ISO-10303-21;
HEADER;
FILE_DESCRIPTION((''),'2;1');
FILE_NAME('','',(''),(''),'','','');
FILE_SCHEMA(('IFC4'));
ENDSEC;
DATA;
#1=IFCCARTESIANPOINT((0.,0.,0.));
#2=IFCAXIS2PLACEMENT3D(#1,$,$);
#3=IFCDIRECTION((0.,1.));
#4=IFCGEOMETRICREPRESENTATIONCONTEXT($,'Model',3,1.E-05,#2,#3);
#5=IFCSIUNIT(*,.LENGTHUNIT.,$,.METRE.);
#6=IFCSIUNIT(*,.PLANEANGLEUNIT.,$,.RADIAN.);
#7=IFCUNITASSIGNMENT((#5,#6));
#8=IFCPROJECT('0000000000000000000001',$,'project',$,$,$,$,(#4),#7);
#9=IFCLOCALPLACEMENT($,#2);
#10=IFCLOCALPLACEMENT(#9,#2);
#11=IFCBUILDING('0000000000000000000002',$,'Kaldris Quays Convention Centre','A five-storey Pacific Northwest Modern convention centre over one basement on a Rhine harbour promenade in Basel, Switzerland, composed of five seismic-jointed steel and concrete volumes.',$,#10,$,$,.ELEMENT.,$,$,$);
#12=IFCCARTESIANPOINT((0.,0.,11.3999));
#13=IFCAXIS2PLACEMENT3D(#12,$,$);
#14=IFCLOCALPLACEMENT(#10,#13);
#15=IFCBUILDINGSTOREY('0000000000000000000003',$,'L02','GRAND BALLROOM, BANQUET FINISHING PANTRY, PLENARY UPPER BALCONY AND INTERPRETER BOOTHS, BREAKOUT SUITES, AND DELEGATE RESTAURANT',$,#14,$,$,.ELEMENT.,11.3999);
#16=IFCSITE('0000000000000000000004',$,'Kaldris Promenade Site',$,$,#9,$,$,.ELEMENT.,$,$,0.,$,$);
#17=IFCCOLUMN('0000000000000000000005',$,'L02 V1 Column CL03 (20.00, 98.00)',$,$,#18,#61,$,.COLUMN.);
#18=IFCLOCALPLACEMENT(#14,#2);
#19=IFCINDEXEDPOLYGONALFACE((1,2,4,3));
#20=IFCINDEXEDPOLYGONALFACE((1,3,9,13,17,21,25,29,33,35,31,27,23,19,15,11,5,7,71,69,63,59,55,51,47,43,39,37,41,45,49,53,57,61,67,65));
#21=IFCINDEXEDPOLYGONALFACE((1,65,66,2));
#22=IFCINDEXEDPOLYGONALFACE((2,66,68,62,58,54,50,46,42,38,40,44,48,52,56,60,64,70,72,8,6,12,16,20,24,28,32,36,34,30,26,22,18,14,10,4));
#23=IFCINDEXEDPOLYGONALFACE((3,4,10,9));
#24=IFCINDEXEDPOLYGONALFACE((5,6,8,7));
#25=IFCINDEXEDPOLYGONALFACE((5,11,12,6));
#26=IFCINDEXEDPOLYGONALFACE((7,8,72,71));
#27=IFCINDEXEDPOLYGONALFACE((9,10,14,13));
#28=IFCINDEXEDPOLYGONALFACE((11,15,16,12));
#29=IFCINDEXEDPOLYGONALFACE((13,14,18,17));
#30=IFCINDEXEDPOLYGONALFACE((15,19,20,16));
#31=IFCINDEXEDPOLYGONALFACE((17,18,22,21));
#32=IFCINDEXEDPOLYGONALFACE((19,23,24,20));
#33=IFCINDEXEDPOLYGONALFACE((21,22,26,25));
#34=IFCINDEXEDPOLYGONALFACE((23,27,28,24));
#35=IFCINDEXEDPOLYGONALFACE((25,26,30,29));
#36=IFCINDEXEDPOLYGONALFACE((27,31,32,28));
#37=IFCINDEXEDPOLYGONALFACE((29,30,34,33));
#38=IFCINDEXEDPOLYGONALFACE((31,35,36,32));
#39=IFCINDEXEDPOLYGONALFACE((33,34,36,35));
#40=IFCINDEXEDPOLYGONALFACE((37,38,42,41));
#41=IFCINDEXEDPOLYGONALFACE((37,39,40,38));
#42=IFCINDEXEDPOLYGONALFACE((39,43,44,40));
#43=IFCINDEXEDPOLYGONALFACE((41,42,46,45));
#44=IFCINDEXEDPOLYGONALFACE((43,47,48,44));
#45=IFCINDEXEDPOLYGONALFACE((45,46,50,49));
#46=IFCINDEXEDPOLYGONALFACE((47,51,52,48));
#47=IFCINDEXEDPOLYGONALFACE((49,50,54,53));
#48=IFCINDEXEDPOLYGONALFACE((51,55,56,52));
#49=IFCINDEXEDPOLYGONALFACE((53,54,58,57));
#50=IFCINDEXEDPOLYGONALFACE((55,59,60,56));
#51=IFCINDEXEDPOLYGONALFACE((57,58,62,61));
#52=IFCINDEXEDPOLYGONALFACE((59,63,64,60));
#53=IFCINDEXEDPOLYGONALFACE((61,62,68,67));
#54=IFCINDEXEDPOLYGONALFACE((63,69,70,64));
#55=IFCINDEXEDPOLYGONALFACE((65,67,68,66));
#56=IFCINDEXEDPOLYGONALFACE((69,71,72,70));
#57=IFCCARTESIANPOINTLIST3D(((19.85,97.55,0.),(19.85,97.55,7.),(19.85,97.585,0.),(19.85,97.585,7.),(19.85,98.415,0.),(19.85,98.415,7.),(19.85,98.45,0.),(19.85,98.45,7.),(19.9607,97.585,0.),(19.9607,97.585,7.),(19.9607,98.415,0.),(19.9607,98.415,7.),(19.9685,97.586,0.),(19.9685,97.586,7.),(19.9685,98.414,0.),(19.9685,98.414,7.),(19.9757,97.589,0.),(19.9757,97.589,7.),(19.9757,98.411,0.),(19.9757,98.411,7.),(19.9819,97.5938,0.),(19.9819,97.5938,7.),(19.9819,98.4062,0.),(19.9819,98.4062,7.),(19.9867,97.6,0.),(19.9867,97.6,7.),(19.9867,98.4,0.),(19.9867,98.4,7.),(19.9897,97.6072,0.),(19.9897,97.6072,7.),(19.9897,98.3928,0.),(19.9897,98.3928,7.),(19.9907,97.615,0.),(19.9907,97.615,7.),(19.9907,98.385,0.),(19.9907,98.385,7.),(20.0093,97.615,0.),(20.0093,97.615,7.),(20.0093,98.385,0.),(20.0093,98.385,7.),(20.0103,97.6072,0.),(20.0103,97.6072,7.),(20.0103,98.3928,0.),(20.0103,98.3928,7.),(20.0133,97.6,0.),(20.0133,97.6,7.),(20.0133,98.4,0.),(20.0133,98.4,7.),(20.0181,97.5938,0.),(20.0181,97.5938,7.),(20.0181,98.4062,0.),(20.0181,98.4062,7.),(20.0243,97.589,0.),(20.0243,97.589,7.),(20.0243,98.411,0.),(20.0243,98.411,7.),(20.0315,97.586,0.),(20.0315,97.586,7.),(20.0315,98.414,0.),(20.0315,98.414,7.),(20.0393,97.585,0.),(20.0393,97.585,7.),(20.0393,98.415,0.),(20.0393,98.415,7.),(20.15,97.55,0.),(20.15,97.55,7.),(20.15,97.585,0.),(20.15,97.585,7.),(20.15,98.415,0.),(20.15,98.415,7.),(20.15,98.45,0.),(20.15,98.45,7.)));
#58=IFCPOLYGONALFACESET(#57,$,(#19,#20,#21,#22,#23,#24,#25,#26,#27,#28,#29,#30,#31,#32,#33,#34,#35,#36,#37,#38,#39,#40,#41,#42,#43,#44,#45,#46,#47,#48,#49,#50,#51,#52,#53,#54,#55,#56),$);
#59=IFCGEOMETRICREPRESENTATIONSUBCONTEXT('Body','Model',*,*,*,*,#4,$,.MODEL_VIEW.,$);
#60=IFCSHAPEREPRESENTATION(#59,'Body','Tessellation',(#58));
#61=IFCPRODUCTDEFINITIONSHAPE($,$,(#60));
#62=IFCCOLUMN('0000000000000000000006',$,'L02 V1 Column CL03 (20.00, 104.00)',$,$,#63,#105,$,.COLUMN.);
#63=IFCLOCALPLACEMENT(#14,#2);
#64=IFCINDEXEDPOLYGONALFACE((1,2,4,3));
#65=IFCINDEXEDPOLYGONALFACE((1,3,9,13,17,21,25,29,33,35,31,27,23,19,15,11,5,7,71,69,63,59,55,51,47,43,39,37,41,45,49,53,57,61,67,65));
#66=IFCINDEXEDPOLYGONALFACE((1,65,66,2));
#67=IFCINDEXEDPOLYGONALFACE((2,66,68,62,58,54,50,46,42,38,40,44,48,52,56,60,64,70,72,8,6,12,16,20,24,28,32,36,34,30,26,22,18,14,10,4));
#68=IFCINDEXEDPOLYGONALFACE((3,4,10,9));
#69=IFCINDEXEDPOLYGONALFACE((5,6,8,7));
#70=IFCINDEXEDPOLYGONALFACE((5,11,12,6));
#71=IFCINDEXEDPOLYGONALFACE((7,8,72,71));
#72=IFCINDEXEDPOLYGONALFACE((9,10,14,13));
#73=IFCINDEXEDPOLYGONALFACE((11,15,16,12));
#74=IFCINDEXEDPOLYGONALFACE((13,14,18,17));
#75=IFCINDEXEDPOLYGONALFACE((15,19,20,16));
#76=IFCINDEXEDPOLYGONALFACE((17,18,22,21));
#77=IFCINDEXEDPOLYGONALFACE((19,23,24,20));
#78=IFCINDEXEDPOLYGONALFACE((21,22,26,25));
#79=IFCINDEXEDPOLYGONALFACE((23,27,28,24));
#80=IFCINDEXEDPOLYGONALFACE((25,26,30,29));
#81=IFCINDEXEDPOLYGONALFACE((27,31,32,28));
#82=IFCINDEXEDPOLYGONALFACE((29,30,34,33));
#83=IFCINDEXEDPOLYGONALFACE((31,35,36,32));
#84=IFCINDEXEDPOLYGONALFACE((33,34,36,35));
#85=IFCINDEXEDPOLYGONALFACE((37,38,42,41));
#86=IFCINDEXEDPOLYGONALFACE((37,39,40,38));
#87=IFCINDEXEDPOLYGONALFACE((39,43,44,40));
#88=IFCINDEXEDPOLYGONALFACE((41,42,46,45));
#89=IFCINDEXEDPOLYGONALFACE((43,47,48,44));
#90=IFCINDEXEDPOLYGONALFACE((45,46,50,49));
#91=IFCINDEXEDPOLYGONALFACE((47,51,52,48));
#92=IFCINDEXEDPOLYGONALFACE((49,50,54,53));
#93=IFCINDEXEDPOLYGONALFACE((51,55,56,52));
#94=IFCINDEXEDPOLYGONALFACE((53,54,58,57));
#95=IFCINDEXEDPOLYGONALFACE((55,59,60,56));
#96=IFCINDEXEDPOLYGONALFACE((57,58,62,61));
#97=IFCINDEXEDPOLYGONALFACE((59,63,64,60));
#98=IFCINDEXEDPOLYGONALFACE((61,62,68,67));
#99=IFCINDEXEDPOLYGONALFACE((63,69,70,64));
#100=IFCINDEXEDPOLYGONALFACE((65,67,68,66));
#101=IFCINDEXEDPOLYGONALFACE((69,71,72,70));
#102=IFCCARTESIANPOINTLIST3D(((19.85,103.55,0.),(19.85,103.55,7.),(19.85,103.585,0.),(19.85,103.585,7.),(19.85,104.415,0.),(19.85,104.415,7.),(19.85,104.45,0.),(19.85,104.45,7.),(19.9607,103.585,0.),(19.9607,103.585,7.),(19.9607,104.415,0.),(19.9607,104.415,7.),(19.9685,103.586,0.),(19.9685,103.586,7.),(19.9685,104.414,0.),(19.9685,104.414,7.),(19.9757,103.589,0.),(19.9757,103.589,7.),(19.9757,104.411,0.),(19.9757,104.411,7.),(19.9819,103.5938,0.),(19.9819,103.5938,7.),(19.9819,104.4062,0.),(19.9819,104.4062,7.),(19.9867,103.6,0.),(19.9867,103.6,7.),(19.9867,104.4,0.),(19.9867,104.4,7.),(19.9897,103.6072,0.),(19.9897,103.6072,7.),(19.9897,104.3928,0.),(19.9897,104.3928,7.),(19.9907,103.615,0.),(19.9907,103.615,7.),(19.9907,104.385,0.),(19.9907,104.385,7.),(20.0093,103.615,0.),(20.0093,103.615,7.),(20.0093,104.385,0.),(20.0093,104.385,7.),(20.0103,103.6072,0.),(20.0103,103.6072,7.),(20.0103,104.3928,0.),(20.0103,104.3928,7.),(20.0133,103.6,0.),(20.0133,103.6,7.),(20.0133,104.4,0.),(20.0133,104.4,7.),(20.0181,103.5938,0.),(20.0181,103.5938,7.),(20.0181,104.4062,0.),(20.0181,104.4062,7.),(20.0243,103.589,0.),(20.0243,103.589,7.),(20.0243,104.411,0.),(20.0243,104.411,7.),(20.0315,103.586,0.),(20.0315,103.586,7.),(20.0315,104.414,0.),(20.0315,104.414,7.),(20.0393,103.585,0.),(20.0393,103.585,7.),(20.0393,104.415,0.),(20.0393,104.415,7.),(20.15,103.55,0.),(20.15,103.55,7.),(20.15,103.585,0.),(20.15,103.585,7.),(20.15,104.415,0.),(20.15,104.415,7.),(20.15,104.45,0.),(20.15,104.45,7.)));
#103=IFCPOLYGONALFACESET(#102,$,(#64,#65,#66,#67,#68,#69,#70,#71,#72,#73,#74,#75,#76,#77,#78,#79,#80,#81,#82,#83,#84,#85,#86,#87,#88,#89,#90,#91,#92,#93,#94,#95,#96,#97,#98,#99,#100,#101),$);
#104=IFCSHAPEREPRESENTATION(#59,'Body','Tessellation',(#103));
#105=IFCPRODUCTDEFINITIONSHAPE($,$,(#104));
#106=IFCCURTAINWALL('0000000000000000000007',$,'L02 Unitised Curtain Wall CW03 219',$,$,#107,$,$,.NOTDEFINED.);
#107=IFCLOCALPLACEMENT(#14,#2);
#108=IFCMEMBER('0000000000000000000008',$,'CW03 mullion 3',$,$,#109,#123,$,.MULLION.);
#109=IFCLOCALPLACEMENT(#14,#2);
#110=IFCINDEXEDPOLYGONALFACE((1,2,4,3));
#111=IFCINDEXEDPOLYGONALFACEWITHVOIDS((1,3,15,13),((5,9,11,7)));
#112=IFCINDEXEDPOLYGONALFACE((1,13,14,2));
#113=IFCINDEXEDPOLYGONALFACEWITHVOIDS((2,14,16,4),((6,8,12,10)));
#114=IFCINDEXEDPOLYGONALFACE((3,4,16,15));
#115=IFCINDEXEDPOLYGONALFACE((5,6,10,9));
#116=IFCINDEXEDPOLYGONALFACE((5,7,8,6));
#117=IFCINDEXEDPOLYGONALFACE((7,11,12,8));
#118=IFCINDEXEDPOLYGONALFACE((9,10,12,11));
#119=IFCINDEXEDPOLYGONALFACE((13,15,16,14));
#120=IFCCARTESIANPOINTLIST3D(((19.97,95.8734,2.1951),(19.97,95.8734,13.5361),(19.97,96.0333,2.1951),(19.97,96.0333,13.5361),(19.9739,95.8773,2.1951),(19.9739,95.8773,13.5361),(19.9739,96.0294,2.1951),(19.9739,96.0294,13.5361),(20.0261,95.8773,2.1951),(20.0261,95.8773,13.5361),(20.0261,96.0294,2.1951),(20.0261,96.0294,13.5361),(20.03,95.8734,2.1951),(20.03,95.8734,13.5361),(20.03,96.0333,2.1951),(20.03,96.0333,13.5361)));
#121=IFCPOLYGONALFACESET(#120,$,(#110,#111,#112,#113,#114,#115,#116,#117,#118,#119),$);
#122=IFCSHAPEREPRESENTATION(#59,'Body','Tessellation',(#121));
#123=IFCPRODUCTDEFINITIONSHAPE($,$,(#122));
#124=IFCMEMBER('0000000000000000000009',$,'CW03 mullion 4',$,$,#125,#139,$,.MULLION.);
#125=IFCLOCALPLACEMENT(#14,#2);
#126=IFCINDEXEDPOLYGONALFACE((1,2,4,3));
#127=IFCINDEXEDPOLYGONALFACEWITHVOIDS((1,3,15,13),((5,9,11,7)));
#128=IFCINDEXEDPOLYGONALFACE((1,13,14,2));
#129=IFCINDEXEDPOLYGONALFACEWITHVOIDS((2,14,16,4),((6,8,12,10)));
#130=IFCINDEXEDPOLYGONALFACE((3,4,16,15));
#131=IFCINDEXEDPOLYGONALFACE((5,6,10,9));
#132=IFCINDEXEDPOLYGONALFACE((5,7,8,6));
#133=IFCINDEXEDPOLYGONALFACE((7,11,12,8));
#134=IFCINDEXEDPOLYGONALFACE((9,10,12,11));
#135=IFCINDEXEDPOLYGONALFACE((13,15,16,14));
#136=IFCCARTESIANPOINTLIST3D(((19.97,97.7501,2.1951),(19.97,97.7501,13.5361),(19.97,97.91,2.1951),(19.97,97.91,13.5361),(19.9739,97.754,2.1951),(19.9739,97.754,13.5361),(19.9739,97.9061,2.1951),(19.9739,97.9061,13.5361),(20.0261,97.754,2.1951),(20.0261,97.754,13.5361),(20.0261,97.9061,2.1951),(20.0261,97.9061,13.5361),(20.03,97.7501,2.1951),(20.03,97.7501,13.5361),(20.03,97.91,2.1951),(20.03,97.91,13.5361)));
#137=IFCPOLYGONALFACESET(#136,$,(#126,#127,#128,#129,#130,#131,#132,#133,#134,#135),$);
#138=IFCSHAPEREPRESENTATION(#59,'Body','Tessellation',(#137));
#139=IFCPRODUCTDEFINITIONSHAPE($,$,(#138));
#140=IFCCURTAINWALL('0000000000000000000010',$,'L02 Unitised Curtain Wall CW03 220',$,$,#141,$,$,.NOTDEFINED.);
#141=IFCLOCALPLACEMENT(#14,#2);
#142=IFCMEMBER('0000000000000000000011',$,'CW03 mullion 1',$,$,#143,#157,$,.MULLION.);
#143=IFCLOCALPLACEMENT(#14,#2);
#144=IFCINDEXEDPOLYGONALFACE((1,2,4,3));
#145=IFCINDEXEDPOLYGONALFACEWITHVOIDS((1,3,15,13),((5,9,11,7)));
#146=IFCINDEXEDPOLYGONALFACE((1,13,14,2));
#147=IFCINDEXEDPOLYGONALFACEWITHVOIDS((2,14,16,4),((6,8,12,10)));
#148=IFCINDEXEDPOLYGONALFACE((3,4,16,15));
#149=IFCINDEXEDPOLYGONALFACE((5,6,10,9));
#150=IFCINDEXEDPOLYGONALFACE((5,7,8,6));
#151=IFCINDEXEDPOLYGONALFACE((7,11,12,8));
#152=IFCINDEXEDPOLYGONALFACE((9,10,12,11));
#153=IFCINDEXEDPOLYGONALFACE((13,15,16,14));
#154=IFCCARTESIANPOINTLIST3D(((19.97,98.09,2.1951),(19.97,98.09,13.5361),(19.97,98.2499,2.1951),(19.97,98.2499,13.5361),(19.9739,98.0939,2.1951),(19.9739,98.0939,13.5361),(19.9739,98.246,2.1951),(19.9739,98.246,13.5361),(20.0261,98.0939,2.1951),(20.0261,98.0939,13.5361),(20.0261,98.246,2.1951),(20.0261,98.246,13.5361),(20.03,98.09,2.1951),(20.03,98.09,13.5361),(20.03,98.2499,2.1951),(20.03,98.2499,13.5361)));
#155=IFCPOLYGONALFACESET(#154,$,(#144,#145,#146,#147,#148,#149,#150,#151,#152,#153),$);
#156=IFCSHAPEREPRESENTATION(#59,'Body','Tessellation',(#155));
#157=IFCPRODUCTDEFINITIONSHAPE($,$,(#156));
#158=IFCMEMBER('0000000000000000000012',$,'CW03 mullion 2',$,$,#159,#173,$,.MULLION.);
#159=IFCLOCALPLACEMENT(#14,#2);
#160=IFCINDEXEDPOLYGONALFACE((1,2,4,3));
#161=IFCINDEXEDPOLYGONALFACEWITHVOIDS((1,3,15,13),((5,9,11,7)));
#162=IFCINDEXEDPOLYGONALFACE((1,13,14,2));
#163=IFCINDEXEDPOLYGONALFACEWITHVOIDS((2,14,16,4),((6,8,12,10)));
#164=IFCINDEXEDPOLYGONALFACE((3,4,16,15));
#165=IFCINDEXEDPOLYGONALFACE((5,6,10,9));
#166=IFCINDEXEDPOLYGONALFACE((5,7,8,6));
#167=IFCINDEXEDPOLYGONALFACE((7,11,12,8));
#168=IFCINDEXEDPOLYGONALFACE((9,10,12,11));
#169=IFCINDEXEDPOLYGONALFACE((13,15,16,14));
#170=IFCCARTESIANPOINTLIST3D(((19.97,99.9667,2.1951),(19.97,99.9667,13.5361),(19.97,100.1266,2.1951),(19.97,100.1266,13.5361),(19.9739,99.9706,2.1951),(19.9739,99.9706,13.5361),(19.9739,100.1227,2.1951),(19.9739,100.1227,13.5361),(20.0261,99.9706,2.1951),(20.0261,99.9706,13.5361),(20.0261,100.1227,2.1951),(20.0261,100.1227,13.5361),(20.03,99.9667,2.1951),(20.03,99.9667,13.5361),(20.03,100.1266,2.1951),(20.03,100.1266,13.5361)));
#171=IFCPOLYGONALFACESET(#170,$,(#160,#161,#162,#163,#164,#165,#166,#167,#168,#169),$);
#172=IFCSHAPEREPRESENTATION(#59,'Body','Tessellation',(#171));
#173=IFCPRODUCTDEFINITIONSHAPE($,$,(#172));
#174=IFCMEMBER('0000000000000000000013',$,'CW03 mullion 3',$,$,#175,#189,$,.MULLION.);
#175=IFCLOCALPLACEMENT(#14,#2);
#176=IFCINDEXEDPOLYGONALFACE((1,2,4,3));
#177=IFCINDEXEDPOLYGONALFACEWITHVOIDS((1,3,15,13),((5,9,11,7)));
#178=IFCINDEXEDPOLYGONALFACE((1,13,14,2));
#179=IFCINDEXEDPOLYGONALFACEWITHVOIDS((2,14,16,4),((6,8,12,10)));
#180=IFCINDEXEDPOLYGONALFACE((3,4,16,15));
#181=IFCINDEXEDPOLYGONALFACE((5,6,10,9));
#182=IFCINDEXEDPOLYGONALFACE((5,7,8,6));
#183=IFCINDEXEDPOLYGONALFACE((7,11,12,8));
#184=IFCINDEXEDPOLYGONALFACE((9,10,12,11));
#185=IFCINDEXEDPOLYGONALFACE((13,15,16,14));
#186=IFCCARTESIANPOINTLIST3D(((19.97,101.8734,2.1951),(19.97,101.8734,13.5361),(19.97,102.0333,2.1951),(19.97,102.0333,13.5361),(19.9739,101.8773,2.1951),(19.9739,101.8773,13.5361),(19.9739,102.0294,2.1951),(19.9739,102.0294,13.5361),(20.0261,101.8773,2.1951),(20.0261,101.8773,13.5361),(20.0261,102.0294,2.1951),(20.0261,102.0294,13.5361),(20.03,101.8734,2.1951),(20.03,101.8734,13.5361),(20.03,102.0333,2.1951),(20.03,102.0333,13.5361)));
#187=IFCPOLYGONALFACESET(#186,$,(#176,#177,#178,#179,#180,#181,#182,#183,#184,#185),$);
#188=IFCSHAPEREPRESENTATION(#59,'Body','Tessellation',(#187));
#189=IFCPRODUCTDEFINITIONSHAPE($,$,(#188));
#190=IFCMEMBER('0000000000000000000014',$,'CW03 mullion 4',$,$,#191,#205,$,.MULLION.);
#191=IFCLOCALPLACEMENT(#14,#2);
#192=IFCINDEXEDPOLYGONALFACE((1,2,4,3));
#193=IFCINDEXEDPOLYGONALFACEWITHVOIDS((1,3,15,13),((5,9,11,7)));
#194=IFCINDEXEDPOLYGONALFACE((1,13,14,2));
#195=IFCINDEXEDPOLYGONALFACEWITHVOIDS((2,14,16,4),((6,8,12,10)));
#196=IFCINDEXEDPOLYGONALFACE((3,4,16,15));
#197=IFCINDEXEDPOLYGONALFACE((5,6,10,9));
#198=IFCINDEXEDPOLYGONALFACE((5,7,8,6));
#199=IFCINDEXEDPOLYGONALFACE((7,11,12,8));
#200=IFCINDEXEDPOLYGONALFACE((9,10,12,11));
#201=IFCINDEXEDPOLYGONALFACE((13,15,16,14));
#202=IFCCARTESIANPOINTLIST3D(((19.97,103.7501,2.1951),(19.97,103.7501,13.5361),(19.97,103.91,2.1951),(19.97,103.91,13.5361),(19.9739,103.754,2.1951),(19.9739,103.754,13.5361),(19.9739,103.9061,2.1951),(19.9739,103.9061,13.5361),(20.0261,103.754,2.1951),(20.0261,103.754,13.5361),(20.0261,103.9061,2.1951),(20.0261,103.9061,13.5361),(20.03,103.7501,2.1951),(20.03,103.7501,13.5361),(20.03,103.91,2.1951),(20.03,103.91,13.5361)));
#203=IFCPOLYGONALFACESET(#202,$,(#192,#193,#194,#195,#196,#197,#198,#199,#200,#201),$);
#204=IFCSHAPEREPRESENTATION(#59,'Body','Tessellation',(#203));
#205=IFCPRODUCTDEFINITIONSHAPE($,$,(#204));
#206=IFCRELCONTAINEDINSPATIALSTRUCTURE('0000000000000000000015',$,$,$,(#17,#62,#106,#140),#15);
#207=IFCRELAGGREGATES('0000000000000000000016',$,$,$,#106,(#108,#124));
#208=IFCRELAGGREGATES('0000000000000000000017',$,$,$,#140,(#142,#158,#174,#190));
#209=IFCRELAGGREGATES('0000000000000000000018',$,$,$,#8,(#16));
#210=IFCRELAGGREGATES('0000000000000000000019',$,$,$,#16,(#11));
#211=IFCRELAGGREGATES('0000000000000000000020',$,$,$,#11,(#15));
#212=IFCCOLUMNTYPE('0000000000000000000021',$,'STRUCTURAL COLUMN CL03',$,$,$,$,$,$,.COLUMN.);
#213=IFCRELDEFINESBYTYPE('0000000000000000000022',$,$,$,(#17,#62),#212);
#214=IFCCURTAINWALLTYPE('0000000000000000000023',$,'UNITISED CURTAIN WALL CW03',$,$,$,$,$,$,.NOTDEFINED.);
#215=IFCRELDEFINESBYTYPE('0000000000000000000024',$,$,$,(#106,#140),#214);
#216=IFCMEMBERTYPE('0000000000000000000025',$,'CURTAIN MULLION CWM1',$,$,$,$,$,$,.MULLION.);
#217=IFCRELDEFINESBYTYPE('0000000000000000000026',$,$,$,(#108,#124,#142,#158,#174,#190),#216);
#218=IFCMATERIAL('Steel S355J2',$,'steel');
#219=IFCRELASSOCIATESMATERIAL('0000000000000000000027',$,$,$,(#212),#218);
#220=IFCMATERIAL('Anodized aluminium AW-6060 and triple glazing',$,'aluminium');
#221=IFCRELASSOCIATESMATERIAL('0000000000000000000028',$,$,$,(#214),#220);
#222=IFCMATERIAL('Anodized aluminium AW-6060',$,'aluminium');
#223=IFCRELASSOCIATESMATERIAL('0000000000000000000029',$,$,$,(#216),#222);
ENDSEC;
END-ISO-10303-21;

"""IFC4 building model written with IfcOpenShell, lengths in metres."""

from ifc_helpers import new_model, si_unit, direction, frame, origin, origin_2d, place, context, subcontext, project, spatial, hollow_rectangle, i_section, extrude, material, material_profile, profile_set, type_object, element, aggregate, save


model = new_model("IFC4")

# Units and contexts
model_context = context("Model", 3, precision=1e-05, world=origin(), true_north=direction((0.0, 1.0)))
body_context = subcontext(model_context, "Body", "Model", "MODEL_VIEW")
ifc_project = project(units=[si_unit("LENGTHUNIT", "METRE"), si_unit("PLANEANGLEUNIT", "RADIAN")], contexts=[model_context])

# Site, building, storey
site_placement = place(None, origin())
site = spatial("IfcSite", under=ifc_project, at=site_placement, Name="Kaldris Promenade Site", CompositionType="ELEMENT", RefElevation=0.0)
building_placement = place(site_placement, origin())
building = spatial("IfcBuilding", under=site, at=building_placement, Name="Kaldris Quays Convention Centre", Description="A five-storey Pacific Northwest Modern convention centre over one basement on a Rhine harbour promenade in Basel, Switzerland, composed of five seismic-jointed steel and concrete volumes.", CompositionType="ELEMENT")
storey_placement = place(building_placement, frame((0.0, 0.0, 11.3999)))
storey = spatial("IfcBuildingStorey", under=building, at=storey_placement, Name="L02", Description="GRAND BALLROOM, BANQUET FINISHING PANTRY, PLENARY UPPER BALCONY AND INTERPRETER BOOTHS, BREAKOUT SUITES, AND DELEGATE RESTAURANT", CompositionType="ELEMENT", Elevation=11.3999)

# Columns
ifc_material_1 = material(Name="Steel S355J2", Category="steel")
ifc_material_profile_1 = material_profile(ifc_material_1, i_section(OverallWidth=0.3, OverallDepth=0.8999, WebThickness=0.0186, FlangeThickness=0.0349, FilletRadius=0.03, at=origin_2d()), Name="HEB 900")
ifc_profile_set_1 = profile_set([ifc_material_profile_1], Name="Steel S355J2")
column_type = type_object("IfcColumnType", Name="STRUCTURAL COLUMN CL03", PredefinedType="COLUMN", material=ifc_profile_set_1)
for number, where, z_axis, x_axis, name in (
    (1, (20.0, 98.0, 0.0), (0.0, 0.0, 1.0), (1.0, 0.0, 0.0), "L02 V1 Column CL03 (20.00, 98.00)"),
    (2, (20.0, 104.0, 0.0), (0.0, 0.0, 1.0), (1.0, 0.0, 0.0), "L02 V1 Column CL03 (20.00, 104.00)"),
):
    element("IfcColumn", number, at=place(storey_placement, frame(where, z_axis=z_axis, x_axis=x_axis)), inside=storey, type_object=column_type, Name=name, PredefinedType="COLUMN", context=body_context, shape_type="SweptSolid", body=[
        extrude(i_section(OverallWidth=0.3, OverallDepth=0.8999, WebThickness=0.0186, FlangeThickness=0.0349, FilletRadius=0.03, at=origin_2d()), origin(), (0.0, 0.0, 1.0), 7.0),
    ])

# Curtain walls, members
ifc_material_2 = material(Name="Anodized aluminium AW-6060 and triple glazing", Category="aluminium")
curtain_wall_type = type_object("IfcCurtainWallType", Name="UNITISED CURTAIN WALL CW03", PredefinedType="NOTDEFINED", material=ifc_material_2)
curtain_wall_1_placement = place(storey_placement, origin())
curtain_wall_1 = element("IfcCurtainWall", 3, at=curtain_wall_1_placement, inside=storey, type_object=curtain_wall_type, Name="L02 Unitised Curtain Wall CW03 219", PredefinedType="NOTDEFINED")
ifc_material_3 = material(Name="Anodized aluminium AW-6060", Category="aluminium")
ifc_material_profile_2 = material_profile(ifc_material_3, hollow_rectangle(XDim=0.0601, YDim=0.1599, WallThickness=0.0039, at=origin_2d()), Name="RHS 160x60x4")
ifc_profile_set_2 = profile_set([ifc_material_profile_2], Name="Anodized aluminium AW-6060")
member_type_1 = type_object("IfcMemberType", Name="CURTAIN MULLION CWM1", PredefinedType="MULLION", material=ifc_profile_set_2)
member_1_placement = place(storey_placement, frame((20.0, 95.9534, 2.1951), z_axis=(0.0, 0.0, 1.0), x_axis=(-1.0, 0.0, 0.0)))
member_1 = element("IfcMember", 4, at=member_1_placement, type_object=member_type_1, Name="CW03 mullion 3", PredefinedType="MULLION", context=body_context, shape_type="SweptSolid", body=[
    extrude(hollow_rectangle(XDim=0.0601, YDim=0.1599, WallThickness=0.0039, at=origin_2d()), origin(), (0.0, 0.0, 1.0), 11.3411),
])
member_2_placement = place(storey_placement, frame((20.0, 97.8301, 2.1951), z_axis=(0.0, 0.0, 1.0), x_axis=(-1.0, 0.0, 0.0)))
member_2 = element("IfcMember", 5, at=member_2_placement, type_object=member_type_1, Name="CW03 mullion 4", PredefinedType="MULLION", context=body_context, shape_type="SweptSolid", body=[
    extrude(hollow_rectangle(XDim=0.0601, YDim=0.1599, WallThickness=0.0039, at=origin_2d()), origin(), (0.0, 0.0, 1.0), 11.3411),
])
curtain_wall_2_placement = place(storey_placement, origin())
curtain_wall_2 = element("IfcCurtainWall", 6, at=curtain_wall_2_placement, inside=storey, type_object=curtain_wall_type, Name="L02 Unitised Curtain Wall CW03 220", PredefinedType="NOTDEFINED")
member_3_placement = place(storey_placement, frame((20.0, 98.1699, 2.1951), z_axis=(0.0, 0.0, 1.0), x_axis=(-1.0, 0.0, 0.0)))
member_3 = element("IfcMember", 7, at=member_3_placement, type_object=member_type_1, Name="CW03 mullion 1", PredefinedType="MULLION", context=body_context, shape_type="SweptSolid", body=[
    extrude(hollow_rectangle(XDim=0.0601, YDim=0.1599, WallThickness=0.0039, at=origin_2d()), origin(), (0.0, 0.0, 1.0), 11.3411),
])
member_4_placement = place(storey_placement, frame((20.0, 100.0466, 2.1951), z_axis=(0.0, 0.0, 1.0), x_axis=(-1.0, 0.0, 0.0)))
member_4 = element("IfcMember", 8, at=member_4_placement, type_object=member_type_1, Name="CW03 mullion 2", PredefinedType="MULLION", context=body_context, shape_type="SweptSolid", body=[
    extrude(hollow_rectangle(XDim=0.0601, YDim=0.1599, WallThickness=0.0039, at=origin_2d()), origin(), (0.0, 0.0, 1.0), 11.3411),
])
member_5_placement = place(storey_placement, frame((20.0, 101.9534, 2.1951), z_axis=(0.0, 0.0, 1.0), x_axis=(-1.0, 0.0, 0.0)))
member_5 = element("IfcMember", 9, at=member_5_placement, type_object=member_type_1, Name="CW03 mullion 3", PredefinedType="MULLION", context=body_context, shape_type="SweptSolid", body=[
    extrude(hollow_rectangle(XDim=0.0601, YDim=0.1599, WallThickness=0.0039, at=origin_2d()), origin(), (0.0, 0.0, 1.0), 11.3411),
])
member_6_placement = place(storey_placement, frame((20.0, 103.8301, 2.1951), z_axis=(0.0, 0.0, 1.0), x_axis=(-1.0, 0.0, 0.0)))
member_6 = element("IfcMember", 10, at=member_6_placement, type_object=member_type_1, Name="CW03 mullion 4", PredefinedType="MULLION", context=body_context, shape_type="SweptSolid", body=[
    extrude(hollow_rectangle(XDim=0.0601, YDim=0.1599, WallThickness=0.0039, at=origin_2d()), origin(), (0.0, 0.0, 1.0), 11.3411),
])

aggregate(curtain_wall_1, [member_1, member_2])
aggregate(curtain_wall_2, [member_3, member_4, member_5, member_6])

save(model, "model.ifc")
